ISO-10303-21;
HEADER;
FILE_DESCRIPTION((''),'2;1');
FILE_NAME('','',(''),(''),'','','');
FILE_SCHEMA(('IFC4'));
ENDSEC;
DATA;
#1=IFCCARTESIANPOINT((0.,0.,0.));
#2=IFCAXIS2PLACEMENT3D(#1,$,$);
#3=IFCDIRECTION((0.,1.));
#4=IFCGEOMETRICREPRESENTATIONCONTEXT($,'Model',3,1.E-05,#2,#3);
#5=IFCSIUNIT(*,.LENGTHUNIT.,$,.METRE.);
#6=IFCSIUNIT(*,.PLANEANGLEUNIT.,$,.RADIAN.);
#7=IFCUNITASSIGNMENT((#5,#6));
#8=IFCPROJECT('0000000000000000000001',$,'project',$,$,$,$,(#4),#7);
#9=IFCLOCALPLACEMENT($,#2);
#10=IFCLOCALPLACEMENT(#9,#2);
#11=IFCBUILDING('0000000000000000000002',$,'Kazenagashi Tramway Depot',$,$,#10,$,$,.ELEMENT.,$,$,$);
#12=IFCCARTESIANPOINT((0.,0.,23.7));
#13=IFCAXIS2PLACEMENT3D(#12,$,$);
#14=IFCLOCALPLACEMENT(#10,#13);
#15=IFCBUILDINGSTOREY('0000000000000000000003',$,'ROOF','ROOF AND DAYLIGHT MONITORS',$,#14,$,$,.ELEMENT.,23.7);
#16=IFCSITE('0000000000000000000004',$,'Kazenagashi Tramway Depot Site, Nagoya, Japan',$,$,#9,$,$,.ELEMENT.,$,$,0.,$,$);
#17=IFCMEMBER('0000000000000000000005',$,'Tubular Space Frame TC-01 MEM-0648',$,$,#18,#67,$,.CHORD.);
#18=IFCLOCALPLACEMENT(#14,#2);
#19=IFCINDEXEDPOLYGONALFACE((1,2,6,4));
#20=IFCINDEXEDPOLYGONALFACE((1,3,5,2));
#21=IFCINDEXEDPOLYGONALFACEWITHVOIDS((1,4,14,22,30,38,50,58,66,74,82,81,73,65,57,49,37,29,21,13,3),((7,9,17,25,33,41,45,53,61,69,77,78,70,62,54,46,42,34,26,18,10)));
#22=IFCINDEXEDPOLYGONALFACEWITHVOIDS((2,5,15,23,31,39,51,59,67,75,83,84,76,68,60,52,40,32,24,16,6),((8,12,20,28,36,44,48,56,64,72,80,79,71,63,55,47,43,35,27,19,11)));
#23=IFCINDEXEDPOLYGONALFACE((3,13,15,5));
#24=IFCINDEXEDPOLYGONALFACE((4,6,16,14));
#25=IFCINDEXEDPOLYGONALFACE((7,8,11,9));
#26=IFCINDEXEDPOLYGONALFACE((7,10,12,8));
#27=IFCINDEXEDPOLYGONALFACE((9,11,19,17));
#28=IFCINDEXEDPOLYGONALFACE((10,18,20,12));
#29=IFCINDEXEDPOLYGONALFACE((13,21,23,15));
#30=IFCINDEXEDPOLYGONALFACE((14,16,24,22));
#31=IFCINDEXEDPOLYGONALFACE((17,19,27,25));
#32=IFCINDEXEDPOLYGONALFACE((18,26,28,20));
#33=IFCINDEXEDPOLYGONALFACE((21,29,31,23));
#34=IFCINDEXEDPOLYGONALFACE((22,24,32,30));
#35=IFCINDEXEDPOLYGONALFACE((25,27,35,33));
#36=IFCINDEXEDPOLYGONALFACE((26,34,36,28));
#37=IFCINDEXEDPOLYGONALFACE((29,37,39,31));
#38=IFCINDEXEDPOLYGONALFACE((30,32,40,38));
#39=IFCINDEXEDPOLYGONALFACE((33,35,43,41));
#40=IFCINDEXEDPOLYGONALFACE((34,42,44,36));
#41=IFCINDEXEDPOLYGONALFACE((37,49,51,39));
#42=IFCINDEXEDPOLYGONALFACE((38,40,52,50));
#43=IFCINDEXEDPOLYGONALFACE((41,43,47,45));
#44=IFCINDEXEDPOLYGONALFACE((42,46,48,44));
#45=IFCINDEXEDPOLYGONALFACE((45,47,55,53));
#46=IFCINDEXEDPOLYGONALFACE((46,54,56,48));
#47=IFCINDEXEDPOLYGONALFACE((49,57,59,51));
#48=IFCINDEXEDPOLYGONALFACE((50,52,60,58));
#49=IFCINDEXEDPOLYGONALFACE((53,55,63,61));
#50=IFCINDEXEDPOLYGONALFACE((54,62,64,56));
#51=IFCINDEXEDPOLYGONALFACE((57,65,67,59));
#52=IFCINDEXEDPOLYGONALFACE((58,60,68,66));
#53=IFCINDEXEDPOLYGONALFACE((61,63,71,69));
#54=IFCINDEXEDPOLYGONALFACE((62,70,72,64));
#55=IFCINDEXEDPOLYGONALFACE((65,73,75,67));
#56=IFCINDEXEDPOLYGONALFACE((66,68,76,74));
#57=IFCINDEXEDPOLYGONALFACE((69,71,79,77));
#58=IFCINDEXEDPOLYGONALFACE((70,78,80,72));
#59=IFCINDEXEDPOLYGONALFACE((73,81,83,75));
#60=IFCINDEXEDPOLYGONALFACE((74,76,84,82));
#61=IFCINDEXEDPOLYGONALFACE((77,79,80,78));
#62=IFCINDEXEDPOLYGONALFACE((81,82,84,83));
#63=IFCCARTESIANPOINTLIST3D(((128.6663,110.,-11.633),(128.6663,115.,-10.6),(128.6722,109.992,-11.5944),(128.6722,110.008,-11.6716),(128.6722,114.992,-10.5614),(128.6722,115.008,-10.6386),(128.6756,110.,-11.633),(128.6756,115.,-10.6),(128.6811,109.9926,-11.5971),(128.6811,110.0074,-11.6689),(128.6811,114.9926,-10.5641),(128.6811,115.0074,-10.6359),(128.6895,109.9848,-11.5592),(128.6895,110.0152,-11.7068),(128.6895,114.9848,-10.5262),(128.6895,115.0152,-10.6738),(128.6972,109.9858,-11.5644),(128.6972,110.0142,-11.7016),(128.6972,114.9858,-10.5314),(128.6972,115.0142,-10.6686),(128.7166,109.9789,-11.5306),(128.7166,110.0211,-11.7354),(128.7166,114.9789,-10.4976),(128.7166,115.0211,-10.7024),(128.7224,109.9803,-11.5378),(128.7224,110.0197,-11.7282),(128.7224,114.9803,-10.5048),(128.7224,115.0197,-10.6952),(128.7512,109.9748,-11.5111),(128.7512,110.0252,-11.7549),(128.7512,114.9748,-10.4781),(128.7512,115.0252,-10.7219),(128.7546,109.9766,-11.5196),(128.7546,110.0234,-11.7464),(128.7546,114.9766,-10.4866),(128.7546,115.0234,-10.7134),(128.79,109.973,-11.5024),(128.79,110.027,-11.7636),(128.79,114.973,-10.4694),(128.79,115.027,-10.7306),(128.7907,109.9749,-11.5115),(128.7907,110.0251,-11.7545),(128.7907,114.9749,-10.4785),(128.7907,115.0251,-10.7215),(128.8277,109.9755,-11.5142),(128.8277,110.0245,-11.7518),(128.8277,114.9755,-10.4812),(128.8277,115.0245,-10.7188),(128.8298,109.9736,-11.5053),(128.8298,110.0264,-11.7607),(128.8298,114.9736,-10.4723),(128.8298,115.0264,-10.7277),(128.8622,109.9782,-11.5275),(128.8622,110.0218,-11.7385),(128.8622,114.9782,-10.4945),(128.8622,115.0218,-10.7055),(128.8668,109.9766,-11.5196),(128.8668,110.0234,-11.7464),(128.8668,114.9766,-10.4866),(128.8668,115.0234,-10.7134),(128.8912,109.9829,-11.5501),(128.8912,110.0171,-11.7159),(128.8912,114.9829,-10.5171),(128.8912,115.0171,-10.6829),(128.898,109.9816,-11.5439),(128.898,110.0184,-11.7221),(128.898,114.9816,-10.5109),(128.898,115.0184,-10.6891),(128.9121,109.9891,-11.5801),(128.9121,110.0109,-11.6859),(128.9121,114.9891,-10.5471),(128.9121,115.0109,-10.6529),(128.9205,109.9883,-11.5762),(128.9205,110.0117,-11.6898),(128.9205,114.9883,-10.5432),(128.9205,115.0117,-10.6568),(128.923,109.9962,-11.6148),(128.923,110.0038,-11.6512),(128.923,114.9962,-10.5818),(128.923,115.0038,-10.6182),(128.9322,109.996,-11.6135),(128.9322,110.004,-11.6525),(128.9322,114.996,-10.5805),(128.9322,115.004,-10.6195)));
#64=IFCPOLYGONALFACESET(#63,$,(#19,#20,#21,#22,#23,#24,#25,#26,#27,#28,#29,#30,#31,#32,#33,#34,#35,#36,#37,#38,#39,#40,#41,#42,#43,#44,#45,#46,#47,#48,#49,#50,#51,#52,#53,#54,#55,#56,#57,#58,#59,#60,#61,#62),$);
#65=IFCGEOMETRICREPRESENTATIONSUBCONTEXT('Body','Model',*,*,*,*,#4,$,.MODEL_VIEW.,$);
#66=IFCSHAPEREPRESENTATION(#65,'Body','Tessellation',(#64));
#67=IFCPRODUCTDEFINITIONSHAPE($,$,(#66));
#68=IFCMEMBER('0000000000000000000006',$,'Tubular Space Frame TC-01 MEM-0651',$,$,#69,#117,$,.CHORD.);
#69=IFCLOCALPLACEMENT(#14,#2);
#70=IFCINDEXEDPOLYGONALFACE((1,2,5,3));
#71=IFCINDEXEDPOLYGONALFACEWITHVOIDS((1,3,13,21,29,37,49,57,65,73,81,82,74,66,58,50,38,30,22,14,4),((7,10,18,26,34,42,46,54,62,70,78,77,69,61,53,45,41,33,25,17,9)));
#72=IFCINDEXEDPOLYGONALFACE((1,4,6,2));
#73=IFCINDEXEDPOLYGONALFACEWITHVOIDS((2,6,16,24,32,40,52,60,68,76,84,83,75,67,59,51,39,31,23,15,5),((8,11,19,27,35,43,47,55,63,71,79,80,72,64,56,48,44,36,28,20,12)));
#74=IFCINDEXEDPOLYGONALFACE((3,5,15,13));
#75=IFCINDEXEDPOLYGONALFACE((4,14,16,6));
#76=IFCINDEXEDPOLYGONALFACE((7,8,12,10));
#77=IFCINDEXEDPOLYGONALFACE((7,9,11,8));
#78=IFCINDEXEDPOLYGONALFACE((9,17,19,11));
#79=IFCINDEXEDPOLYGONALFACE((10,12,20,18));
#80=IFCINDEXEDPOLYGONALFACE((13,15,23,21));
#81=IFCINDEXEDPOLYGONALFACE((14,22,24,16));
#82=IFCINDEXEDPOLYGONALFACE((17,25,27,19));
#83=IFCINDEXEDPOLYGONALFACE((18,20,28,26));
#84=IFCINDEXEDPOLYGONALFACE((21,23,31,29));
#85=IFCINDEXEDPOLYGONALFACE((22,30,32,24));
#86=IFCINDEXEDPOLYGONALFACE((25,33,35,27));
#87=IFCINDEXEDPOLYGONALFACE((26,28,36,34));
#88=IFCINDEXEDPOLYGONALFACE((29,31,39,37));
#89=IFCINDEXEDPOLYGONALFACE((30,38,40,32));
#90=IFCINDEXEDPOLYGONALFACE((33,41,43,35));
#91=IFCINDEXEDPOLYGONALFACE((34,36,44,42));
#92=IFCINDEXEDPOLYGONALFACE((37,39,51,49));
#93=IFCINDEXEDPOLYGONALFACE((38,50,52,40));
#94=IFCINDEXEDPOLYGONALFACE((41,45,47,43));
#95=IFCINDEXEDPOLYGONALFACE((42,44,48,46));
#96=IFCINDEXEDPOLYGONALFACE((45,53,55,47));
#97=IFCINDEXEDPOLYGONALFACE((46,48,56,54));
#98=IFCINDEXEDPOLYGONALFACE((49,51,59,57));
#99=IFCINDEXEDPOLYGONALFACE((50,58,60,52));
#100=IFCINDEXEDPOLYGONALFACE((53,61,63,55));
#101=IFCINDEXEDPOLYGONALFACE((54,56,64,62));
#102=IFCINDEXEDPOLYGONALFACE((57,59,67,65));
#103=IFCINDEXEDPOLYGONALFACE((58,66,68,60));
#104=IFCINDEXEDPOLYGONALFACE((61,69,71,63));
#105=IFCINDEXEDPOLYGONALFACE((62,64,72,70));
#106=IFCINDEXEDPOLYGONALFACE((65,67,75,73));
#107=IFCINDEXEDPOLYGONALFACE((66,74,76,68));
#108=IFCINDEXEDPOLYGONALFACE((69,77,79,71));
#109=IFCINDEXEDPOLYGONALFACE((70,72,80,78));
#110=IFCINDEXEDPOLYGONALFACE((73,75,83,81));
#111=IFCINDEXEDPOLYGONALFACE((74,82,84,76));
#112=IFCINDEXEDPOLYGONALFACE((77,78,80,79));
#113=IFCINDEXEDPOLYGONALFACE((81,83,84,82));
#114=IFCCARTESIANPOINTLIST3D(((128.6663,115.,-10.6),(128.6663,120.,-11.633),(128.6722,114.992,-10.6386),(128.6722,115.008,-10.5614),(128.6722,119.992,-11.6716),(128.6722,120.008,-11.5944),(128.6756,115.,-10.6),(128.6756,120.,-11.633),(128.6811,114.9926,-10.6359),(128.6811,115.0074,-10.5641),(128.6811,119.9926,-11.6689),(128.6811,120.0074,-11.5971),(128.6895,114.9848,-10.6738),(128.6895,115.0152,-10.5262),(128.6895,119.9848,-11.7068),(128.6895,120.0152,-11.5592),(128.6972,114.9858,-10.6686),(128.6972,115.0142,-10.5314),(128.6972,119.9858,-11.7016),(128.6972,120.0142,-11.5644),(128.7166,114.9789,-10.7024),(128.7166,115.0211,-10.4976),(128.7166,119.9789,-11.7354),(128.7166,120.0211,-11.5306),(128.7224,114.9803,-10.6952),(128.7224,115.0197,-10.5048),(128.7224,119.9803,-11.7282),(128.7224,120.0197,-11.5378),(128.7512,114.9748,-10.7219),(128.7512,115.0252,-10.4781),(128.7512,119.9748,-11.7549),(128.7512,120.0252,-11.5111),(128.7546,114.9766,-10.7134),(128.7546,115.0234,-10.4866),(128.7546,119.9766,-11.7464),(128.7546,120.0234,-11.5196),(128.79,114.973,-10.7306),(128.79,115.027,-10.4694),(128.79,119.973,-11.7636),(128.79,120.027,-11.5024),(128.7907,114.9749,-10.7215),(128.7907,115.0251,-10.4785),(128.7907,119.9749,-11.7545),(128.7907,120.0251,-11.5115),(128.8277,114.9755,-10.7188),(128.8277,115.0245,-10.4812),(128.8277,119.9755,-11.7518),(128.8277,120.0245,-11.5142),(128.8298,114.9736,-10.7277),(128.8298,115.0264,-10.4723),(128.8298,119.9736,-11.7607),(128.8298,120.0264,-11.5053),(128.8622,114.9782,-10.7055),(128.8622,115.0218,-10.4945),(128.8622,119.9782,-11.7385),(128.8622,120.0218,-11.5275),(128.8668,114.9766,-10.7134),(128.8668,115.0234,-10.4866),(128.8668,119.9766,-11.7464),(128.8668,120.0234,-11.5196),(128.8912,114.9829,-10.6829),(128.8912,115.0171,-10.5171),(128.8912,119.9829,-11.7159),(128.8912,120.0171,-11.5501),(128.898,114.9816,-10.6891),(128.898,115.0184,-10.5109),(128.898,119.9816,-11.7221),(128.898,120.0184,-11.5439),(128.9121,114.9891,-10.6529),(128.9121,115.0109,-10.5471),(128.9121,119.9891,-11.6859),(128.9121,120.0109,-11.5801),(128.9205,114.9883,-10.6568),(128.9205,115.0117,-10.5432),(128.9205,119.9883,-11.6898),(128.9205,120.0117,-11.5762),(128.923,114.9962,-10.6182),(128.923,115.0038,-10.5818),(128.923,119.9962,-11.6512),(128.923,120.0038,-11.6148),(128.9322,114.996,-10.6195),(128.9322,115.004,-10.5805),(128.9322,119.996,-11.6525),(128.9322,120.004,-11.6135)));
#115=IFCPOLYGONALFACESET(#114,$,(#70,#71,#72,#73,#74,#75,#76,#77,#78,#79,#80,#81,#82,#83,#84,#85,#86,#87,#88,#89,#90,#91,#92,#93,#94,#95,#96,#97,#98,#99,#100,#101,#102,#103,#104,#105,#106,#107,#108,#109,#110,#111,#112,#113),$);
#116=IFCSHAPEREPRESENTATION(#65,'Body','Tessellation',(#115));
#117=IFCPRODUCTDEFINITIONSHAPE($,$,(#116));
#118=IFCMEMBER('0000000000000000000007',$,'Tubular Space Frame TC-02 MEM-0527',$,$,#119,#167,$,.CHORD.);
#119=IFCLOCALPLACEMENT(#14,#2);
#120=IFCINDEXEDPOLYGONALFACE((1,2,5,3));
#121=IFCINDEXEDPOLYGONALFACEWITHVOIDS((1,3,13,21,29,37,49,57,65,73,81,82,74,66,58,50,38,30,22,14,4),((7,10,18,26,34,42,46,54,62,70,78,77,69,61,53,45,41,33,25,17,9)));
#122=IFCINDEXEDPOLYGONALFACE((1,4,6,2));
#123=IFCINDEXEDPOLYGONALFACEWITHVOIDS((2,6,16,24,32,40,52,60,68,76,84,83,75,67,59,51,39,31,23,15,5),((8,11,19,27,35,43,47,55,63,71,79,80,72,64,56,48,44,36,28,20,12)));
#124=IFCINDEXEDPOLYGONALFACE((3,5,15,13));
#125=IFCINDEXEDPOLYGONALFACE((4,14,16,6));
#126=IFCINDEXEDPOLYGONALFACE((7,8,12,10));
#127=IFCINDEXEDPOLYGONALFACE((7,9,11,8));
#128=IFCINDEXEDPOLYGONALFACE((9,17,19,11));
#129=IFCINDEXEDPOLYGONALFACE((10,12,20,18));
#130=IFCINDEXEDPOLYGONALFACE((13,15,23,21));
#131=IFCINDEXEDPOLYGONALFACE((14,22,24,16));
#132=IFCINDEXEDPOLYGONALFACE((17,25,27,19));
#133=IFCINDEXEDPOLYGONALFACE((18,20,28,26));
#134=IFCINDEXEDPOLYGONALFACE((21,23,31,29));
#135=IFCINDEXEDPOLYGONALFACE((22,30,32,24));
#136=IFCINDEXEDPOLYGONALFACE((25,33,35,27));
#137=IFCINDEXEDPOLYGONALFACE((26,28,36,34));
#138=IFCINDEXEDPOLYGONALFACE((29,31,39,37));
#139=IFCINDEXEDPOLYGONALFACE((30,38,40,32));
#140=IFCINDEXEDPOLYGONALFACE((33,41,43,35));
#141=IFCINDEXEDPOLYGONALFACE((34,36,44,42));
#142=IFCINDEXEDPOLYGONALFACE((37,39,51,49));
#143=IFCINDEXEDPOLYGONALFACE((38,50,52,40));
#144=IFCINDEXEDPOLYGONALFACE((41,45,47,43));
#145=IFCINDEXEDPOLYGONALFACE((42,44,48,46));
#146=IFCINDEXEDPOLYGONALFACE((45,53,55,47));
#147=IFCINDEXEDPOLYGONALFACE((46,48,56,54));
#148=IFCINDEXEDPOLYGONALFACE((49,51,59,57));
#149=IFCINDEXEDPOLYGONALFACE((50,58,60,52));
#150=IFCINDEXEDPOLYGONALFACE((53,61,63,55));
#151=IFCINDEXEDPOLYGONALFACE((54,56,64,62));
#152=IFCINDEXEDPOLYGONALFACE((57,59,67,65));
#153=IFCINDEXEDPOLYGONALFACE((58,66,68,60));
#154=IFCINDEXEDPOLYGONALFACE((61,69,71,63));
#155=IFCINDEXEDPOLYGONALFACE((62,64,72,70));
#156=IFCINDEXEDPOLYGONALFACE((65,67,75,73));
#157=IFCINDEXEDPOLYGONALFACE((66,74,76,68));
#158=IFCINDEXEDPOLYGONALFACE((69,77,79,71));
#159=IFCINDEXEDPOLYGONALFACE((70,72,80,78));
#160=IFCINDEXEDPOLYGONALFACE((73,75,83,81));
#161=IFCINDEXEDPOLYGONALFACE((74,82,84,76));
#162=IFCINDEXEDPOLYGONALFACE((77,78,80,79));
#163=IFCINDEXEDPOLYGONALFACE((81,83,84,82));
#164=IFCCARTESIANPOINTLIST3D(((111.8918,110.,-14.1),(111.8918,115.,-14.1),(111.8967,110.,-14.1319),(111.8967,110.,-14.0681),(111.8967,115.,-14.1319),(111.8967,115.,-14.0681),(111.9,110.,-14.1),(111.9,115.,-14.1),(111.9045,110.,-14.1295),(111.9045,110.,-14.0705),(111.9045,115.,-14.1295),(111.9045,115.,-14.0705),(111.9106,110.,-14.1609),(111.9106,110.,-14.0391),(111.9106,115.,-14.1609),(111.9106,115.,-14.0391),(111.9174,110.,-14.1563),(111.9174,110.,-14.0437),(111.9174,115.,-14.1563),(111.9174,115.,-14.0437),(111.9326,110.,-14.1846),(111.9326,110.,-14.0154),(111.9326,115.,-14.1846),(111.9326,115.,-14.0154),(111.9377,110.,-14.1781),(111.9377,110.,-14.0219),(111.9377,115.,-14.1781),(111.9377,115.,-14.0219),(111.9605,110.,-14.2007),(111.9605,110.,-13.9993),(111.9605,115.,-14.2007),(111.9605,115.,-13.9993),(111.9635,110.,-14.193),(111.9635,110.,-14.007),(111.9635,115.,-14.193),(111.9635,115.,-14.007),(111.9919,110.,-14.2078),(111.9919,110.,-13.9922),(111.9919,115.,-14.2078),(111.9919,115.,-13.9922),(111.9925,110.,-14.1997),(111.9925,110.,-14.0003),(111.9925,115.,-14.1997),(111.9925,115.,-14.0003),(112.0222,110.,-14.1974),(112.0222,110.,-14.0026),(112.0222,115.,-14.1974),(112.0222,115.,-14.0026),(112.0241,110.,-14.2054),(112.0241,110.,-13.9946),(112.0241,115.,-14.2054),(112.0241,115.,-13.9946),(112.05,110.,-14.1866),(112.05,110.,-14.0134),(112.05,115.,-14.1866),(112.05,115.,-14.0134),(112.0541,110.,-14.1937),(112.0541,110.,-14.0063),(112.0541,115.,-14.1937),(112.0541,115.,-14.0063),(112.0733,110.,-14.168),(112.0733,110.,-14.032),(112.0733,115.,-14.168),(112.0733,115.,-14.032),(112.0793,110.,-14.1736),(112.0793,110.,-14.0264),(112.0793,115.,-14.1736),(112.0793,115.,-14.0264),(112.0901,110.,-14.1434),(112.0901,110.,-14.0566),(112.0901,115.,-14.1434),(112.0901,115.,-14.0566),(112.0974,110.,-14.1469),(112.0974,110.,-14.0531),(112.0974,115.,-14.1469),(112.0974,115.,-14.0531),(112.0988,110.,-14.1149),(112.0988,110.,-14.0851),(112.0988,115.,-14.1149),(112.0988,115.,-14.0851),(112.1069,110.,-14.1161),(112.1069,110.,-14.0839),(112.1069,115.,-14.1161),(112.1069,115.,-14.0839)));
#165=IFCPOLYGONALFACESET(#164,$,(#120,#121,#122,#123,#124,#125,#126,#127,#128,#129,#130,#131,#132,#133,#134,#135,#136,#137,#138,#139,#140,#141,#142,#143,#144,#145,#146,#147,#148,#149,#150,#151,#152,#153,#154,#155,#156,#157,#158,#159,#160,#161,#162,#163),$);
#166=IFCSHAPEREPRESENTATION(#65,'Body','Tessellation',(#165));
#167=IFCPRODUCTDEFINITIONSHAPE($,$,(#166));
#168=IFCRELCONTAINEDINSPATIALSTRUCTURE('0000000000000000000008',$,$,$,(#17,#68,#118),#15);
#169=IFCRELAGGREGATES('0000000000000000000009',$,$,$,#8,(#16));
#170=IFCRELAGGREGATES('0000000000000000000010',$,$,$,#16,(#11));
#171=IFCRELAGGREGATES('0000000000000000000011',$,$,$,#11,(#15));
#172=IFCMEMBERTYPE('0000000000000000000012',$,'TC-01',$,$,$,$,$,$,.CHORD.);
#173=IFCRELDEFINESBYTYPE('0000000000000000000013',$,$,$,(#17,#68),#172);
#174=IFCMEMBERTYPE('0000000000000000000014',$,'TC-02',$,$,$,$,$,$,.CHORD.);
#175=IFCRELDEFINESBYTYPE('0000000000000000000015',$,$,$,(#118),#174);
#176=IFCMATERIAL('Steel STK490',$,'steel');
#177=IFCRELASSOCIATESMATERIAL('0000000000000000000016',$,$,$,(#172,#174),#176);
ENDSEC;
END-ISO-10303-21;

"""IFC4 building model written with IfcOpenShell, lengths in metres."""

from ifc_helpers import new_model, si_unit, direction, frame, origin, origin_2d, place, context, subcontext, project, spatial, hollow_circle, extrude, material, material_profile, profile_set, type_object, element, save


model = new_model("IFC4")

# Units and contexts
model_context = context("Model", 3, precision=1e-05, world=origin(), true_north=direction((0.0, 1.0)))
body_context = subcontext(model_context, "Body", "Model", "MODEL_VIEW")
ifc_project = project(units=[si_unit("LENGTHUNIT", "METRE"), si_unit("PLANEANGLEUNIT", "RADIAN")], contexts=[model_context])

# Site, building, storey
site_placement = place(None, origin())
site = spatial("IfcSite", under=ifc_project, at=site_placement, Name="Kazenagashi Tramway Depot Site, Nagoya, Japan", CompositionType="ELEMENT", RefElevation=0.0)
building_placement = place(site_placement, origin())
building = spatial("IfcBuilding", under=site, at=building_placement, Name="Kazenagashi Tramway Depot", CompositionType="ELEMENT")
storey_placement = place(building_placement, frame((0.0, 0.0, 23.7)))
storey = spatial("IfcBuildingStorey", under=building, at=storey_placement, Name="ROOF", Description="ROOF AND DAYLIGHT MONITORS", CompositionType="ELEMENT", Elevation=23.7)

# Members
ifc_material_1 = material(Name="Steel STK490", Category="steel")
ifc_material_profile_1 = material_profile(ifc_material_1, hollow_circle(Radius=0.1337, WallThickness=0.0093, at=origin_2d()), Name="CHS-267.4x9.3")
ifc_profile_set_1 = profile_set([ifc_material_profile_1], Name="Steel STK490")
member_type_1 = type_object("IfcMemberType", Name="TC-01", PredefinedType="CHORD", material=ifc_profile_set_1)
for number, where, z_axis, x_axis, name in (
    (1, (128.8, 110.0, -11.633), (0.0, 0.979318, 0.202327), (-1.0, 0.0, 0.0), "Tubular Space Frame TC-01 MEM-0648"),
    (2, (128.8, 115.0, -10.6), (0.0, 0.979318, -0.202327), (-1.0, 0.0, 0.0), "Tubular Space Frame TC-01 MEM-0651"),
):
    element("IfcMember", number, at=place(storey_placement, frame(where, z_axis=z_axis, x_axis=x_axis)), inside=storey, type_object=member_type_1, Name=name, PredefinedType="CHORD", context=body_context, shape_type="SweptSolid", body=[
        extrude(hollow_circle(Radius=0.1337, WallThickness=0.0093, at=origin_2d()), origin(), (0.0, 0.0, 1.0), 5.1056),
    ])
ifc_material_profile_2 = material_profile(ifc_material_1, hollow_circle(Radius=0.1081, WallThickness=0.0082, at=origin_2d()), Name="CHS-216.3x8.2")
ifc_profile_set_2 = profile_set([ifc_material_profile_2], Name="Steel STK490")
member_type_2 = type_object("IfcMemberType", Name="TC-02", PredefinedType="CHORD", material=ifc_profile_set_2)
for number, where, z_axis, x_axis, name in (
    (3, (112.0, 110.0, -14.1), (0.0, 1.0, 0.0), (-1.0, 0.0, 0.0), "Tubular Space Frame TC-02 MEM-0527"),
):
    element("IfcMember", number, at=place(storey_placement, frame(where, z_axis=z_axis, x_axis=x_axis)), inside=storey, type_object=member_type_2, Name=name, PredefinedType="CHORD", context=body_context, shape_type="SweptSolid", body=[
        extrude(hollow_circle(Radius=0.1081, WallThickness=0.0082, at=origin_2d()), origin(), (0.0, 0.0, 1.0), 5.0),
    ])

save(model, "model.ifc")
